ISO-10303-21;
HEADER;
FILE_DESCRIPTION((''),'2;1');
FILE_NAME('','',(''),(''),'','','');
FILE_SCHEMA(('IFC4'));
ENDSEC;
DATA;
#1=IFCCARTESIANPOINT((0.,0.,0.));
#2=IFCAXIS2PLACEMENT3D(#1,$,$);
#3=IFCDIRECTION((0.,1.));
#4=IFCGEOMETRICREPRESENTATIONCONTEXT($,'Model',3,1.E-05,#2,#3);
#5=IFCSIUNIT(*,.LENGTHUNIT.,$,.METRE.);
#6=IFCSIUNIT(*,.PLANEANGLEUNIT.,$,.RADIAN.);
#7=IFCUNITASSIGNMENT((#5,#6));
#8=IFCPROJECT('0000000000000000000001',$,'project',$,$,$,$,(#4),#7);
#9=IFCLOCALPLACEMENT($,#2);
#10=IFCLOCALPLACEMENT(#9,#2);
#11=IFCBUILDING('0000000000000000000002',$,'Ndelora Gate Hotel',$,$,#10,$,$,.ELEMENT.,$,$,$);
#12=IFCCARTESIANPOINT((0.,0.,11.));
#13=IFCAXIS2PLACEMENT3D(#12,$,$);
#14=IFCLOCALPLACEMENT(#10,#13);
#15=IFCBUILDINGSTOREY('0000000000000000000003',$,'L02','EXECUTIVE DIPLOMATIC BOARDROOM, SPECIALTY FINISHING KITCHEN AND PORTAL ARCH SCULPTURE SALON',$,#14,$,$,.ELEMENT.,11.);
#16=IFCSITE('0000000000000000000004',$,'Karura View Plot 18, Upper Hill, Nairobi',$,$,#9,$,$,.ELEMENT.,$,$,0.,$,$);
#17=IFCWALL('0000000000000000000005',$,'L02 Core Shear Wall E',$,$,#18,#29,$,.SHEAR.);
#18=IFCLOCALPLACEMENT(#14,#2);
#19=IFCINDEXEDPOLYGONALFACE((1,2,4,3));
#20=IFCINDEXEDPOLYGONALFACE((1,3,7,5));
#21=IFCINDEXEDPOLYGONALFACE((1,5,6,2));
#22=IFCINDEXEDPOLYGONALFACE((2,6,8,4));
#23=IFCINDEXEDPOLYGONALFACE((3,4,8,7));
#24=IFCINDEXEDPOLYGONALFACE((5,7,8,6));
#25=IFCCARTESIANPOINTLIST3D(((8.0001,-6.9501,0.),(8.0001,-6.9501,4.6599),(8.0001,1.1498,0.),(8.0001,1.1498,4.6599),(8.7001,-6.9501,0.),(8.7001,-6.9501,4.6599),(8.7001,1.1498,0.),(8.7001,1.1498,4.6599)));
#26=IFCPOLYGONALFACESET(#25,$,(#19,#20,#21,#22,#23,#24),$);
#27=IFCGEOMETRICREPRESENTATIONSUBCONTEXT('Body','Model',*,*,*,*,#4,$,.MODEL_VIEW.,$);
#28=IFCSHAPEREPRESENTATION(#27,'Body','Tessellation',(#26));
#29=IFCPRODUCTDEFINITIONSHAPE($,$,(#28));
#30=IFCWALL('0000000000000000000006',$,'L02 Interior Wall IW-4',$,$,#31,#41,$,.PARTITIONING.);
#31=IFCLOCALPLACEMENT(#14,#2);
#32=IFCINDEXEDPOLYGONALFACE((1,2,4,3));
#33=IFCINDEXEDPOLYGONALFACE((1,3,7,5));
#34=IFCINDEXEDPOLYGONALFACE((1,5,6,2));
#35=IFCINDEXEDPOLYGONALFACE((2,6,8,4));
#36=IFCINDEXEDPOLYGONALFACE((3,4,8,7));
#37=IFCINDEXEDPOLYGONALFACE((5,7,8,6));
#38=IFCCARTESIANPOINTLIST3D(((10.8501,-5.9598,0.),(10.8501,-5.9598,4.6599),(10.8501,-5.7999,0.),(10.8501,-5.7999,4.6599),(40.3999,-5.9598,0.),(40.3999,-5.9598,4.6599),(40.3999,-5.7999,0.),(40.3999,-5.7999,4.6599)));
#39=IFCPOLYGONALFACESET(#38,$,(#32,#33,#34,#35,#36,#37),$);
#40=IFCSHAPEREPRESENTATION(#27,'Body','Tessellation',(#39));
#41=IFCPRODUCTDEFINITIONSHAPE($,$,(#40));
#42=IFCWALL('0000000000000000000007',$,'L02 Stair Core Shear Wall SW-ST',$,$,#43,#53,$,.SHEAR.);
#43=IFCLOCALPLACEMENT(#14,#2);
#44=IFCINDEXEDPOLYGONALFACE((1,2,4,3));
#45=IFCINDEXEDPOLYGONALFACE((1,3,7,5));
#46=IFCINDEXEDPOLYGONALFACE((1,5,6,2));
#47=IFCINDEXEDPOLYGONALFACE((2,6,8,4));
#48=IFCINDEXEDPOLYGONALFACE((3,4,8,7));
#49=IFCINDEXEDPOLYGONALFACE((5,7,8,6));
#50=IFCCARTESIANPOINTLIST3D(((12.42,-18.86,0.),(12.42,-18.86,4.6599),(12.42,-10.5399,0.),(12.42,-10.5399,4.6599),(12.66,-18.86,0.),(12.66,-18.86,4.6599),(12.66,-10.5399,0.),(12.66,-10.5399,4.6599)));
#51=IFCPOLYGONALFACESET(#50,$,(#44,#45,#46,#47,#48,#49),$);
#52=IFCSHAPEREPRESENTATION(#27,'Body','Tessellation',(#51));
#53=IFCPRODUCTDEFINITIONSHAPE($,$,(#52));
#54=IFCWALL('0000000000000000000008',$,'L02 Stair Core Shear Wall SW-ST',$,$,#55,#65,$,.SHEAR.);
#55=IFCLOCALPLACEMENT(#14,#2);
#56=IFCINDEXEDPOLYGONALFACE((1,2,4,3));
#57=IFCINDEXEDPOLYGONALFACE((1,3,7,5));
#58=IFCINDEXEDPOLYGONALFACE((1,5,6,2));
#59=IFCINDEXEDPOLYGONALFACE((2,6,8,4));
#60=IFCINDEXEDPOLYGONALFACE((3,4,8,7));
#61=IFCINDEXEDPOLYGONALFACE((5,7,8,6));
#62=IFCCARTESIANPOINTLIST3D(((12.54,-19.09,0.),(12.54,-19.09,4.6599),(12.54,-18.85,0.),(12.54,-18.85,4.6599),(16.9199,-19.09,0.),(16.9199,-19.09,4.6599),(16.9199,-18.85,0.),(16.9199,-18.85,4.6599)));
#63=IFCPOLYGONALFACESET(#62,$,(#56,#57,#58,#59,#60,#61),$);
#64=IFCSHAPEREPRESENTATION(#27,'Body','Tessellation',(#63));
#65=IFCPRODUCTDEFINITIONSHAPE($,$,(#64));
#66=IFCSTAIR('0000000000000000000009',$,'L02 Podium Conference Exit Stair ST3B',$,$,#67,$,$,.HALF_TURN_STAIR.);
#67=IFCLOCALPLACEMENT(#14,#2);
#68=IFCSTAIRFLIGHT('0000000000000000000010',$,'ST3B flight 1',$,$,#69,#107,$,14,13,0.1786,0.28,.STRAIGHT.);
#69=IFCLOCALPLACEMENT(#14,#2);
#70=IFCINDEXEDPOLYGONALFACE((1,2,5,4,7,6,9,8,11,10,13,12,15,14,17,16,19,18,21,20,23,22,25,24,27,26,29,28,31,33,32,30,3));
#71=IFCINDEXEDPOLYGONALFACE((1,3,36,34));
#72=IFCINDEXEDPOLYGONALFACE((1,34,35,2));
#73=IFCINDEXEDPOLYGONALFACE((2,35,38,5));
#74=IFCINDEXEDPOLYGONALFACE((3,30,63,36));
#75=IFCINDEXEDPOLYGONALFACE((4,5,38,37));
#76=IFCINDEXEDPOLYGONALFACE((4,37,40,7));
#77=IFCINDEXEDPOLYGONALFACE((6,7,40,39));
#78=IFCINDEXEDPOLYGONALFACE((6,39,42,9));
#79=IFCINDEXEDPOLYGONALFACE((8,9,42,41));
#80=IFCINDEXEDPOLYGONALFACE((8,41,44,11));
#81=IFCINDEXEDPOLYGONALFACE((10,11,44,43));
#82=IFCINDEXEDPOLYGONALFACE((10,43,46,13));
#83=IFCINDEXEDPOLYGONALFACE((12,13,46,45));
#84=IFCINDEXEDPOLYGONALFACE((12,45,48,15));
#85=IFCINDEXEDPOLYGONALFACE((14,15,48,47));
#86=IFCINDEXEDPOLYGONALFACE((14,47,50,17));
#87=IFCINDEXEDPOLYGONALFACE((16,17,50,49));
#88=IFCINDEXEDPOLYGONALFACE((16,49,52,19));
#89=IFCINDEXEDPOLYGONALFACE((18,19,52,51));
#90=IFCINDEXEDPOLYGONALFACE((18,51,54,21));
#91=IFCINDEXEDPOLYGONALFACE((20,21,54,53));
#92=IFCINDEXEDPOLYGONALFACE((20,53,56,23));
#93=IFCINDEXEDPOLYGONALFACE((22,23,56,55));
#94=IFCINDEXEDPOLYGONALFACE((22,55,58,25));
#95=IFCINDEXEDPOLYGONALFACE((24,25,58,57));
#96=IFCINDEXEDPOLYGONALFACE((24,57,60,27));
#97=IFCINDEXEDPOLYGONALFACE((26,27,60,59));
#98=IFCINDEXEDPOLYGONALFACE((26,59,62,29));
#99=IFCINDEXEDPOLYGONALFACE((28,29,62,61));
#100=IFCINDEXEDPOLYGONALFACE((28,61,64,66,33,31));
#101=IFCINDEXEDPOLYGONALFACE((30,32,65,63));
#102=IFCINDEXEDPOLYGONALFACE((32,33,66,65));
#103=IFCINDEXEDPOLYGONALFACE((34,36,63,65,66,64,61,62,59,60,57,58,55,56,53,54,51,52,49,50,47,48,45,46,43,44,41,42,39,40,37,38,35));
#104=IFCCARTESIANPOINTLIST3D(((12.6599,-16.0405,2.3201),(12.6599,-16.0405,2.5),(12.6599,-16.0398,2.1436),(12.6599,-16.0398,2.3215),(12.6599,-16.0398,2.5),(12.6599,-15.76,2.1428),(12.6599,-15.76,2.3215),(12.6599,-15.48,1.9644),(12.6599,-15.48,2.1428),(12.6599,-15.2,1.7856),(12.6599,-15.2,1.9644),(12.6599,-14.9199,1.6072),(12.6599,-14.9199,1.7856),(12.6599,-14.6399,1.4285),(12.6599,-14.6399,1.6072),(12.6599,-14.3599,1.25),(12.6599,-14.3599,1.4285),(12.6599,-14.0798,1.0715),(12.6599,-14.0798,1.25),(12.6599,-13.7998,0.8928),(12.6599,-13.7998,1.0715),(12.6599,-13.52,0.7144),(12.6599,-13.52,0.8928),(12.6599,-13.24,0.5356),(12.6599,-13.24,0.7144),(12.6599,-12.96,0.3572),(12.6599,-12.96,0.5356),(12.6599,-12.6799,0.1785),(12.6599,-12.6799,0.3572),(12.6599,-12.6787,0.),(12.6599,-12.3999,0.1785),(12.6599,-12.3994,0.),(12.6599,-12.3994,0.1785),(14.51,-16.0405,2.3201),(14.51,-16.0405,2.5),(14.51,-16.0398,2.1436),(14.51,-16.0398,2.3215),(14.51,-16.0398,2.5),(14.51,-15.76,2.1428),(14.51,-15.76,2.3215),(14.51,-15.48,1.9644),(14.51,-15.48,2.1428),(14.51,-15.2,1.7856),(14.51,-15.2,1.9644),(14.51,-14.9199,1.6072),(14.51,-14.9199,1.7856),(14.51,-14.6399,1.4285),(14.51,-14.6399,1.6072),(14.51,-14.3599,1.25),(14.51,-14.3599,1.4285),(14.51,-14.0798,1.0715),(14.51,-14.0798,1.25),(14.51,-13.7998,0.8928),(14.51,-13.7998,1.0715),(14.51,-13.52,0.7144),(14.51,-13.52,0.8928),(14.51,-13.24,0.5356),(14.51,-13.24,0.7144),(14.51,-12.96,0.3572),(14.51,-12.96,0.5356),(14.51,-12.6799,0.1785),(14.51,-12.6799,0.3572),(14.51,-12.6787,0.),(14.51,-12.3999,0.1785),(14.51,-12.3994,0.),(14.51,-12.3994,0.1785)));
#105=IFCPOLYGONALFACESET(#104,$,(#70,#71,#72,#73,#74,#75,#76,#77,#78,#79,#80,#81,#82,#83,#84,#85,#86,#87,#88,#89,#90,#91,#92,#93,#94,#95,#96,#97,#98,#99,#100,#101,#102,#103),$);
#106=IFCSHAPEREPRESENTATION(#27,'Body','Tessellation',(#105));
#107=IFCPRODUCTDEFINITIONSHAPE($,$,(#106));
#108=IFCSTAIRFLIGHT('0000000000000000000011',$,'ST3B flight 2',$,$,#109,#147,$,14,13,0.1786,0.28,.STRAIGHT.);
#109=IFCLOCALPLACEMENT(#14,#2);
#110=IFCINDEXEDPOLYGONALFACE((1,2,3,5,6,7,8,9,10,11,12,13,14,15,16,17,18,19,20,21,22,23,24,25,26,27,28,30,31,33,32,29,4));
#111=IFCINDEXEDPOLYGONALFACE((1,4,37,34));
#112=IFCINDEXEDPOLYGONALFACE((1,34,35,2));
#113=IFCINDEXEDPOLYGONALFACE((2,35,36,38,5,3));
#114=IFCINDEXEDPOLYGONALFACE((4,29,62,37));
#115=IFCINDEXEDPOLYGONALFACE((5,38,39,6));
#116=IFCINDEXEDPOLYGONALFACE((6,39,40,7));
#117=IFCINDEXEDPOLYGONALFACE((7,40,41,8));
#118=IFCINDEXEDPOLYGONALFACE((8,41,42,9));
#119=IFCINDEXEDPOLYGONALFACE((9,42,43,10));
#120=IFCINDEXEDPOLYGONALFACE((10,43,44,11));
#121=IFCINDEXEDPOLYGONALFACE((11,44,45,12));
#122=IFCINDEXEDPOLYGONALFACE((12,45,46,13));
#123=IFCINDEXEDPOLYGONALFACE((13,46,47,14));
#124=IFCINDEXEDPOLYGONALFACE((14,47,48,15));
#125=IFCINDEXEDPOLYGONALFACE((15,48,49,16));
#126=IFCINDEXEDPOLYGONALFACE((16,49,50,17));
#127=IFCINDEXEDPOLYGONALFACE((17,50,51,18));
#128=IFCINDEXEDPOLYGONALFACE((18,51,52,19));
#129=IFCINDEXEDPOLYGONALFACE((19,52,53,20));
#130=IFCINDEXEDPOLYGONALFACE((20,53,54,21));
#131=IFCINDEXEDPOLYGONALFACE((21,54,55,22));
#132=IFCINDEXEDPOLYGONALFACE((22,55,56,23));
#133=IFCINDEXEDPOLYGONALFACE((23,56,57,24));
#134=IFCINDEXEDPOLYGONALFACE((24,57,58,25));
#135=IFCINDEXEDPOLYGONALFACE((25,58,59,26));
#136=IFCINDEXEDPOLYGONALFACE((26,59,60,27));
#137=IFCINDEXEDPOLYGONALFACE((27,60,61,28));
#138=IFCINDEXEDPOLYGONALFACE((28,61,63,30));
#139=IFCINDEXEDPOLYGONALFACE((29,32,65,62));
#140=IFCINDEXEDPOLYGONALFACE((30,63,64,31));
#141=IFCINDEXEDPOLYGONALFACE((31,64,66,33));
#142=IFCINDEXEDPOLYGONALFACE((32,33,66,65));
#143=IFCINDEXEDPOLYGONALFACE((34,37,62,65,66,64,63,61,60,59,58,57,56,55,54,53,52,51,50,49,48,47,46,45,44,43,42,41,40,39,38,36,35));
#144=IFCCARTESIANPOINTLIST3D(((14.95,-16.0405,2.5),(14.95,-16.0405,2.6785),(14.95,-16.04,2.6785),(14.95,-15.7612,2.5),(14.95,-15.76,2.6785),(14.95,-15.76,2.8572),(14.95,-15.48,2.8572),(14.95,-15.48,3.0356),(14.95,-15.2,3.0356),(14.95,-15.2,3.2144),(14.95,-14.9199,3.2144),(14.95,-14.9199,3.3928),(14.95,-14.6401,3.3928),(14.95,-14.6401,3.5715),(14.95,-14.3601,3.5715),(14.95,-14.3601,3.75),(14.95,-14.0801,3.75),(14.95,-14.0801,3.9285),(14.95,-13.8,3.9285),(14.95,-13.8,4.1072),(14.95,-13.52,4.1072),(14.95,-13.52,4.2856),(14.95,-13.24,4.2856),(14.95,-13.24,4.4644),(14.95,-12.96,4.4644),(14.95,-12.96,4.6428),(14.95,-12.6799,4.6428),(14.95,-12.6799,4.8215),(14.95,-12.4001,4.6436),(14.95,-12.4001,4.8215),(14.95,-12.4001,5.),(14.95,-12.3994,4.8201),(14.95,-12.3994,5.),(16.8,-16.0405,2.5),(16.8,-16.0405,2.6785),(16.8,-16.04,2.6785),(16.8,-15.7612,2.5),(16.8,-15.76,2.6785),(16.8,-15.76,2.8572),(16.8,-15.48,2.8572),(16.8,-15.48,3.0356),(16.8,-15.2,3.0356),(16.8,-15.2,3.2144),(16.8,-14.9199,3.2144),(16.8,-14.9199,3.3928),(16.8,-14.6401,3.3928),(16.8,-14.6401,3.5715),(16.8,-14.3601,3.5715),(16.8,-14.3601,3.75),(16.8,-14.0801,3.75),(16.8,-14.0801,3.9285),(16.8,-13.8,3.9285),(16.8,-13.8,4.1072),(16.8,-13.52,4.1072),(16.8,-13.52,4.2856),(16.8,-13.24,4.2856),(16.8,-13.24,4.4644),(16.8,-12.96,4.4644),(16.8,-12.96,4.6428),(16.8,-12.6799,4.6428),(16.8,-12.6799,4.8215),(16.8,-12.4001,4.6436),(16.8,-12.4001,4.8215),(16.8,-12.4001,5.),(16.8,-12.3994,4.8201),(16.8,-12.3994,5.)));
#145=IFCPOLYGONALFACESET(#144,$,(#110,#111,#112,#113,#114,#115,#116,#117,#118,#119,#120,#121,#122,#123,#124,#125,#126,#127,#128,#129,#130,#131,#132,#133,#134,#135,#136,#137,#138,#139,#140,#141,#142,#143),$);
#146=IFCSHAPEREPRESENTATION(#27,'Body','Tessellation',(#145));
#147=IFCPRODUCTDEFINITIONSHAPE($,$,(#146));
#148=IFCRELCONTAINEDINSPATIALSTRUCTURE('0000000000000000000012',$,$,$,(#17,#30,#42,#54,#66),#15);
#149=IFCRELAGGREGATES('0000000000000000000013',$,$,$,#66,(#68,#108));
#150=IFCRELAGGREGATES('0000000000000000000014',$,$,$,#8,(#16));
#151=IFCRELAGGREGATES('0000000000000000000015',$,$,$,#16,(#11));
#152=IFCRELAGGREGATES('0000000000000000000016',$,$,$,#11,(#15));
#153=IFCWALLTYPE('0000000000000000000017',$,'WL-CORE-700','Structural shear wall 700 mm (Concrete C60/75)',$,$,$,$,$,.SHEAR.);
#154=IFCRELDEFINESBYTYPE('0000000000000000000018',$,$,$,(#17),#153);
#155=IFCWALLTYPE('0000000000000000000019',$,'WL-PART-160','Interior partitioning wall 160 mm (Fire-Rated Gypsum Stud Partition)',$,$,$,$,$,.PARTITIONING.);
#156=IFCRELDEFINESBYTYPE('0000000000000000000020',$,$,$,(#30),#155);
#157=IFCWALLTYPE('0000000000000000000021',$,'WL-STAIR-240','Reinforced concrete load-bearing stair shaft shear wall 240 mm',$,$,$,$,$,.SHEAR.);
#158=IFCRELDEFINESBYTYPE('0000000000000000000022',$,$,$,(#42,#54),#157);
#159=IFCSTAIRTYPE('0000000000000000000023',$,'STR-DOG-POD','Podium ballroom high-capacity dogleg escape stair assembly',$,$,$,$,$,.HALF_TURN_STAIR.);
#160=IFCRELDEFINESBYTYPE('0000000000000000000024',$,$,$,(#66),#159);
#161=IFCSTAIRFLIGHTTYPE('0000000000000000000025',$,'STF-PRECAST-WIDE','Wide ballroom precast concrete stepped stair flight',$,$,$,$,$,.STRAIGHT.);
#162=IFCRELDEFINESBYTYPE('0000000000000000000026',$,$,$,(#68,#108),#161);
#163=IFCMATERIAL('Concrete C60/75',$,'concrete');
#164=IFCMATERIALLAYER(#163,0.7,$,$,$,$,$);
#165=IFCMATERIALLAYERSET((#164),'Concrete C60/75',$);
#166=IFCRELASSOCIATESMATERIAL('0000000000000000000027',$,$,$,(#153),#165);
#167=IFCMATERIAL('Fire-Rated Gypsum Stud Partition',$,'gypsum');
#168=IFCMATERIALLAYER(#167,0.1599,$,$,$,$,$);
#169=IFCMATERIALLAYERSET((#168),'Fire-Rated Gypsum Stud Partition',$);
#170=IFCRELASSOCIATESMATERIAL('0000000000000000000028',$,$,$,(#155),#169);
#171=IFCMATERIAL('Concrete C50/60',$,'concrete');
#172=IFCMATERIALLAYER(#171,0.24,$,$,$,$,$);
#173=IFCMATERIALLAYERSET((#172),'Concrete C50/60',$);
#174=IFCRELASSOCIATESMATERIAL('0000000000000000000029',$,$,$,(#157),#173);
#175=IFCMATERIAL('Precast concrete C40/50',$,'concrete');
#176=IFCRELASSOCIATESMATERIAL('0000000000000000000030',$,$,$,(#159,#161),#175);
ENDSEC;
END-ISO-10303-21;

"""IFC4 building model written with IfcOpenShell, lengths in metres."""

from ifc_helpers import new_model, si_unit, direction, frame, frame_2d, origin, place, context, subcontext, project, spatial, polyline, rectangle, outline, extrude, material, layer, layer_set, type_object, element, aggregate, save


model = new_model("IFC4")

# Units and contexts
model_context = context("Model", 3, precision=1e-05, world=origin(), true_north=direction((0.0, 1.0)))
body_context = subcontext(model_context, "Body", "Model", "MODEL_VIEW")
ifc_project = project(units=[si_unit("LENGTHUNIT", "METRE"), si_unit("PLANEANGLEUNIT", "RADIAN")], contexts=[model_context])

# Site, building, storey
site_placement = place(None, origin())
site = spatial("IfcSite", under=ifc_project, at=site_placement, Name="Karura View Plot 18, Upper Hill, Nairobi", CompositionType="ELEMENT", RefElevation=0.0)
building_placement = place(site_placement, origin())
building = spatial("IfcBuilding", under=site, at=building_placement, Name="Ndelora Gate Hotel", CompositionType="ELEMENT")
storey_placement = place(building_placement, frame((0.0, 0.0, 11.0)))
storey = spatial("IfcBuildingStorey", under=building, at=storey_placement, Name="L02", Description="EXECUTIVE DIPLOMATIC BOARDROOM, SPECIALTY FINISHING KITCHEN AND PORTAL ARCH SCULPTURE SALON", CompositionType="ELEMENT", Elevation=11.0)

# Shared definitions
ifc_material_1 = material(Name="Concrete C60/75", Category="concrete")

# Walls
ifc_layer_1 = layer(ifc_material_1, 0.7)
ifc_layer_set_1 = layer_set([ifc_layer_1], Name="Concrete C60/75")
wall_type_1 = type_object("IfcWallType", Name="WL-CORE-700", Description="Structural shear wall 700 mm (Concrete C60/75)", PredefinedType="SHEAR", material=ifc_layer_set_1)
wall_1_placement = place(storey_placement, frame((8.3501, -6.95, 0.0), z_axis=(0.0, 0.0, 1.0), x_axis=(0.0, 1.0, 0.0)))
element("IfcWall", 1, at=wall_1_placement, inside=storey, type_object=wall_type_1, Name="L02 Core Shear Wall E", PredefinedType="SHEAR", context=body_context, shape_type="SweptSolid", body=[
    extrude(rectangle(XDim=8.0999, YDim=0.7, at=frame_2d((4.0498, 0.0))), origin(), (0.0, 0.0, 1.0), 4.6599),
])
ifc_material_2 = material(Name="Fire-Rated Gypsum Stud Partition", Category="gypsum")
ifc_layer_2 = layer(ifc_material_2, 0.1599)
ifc_layer_set_2 = layer_set([ifc_layer_2], Name="Fire-Rated Gypsum Stud Partition")
wall_type_2 = type_object("IfcWallType", Name="WL-PART-160", Description="Interior partitioning wall 160 mm (Fire-Rated Gypsum Stud Partition)", PredefinedType="PARTITIONING", material=ifc_layer_set_2)
wall_2_placement = place(storey_placement, frame((10.8501, -5.8799, 0.0), z_axis=(0.0, 0.0, 1.0), x_axis=(1.0, 0.0, 0.0)))
element("IfcWall", 2, at=wall_2_placement, inside=storey, type_object=wall_type_2, Name="L02 Interior Wall IW-4", PredefinedType="PARTITIONING", context=body_context, shape_type="SweptSolid", body=[
    extrude(rectangle(XDim=29.5498, YDim=0.1599, at=frame_2d((14.7749, 0.0))), origin(), (0.0, 0.0, 1.0), 4.6599),
])
ifc_material_3 = material(Name="Concrete C50/60", Category="concrete")
ifc_layer_3 = layer(ifc_material_3, 0.24)
ifc_layer_set_3 = layer_set([ifc_layer_3], Name="Concrete C50/60")
wall_type_3 = type_object("IfcWallType", Name="WL-STAIR-240", Description="Reinforced concrete load-bearing stair shaft shear wall 240 mm", PredefinedType="SHEAR", material=ifc_layer_set_3)
wall_3_placement = place(storey_placement, frame((12.54, -18.8601, 0.0), z_axis=(0.0, 0.0, 1.0), x_axis=(0.0, 1.0, 0.0)))
element("IfcWall", 3, at=wall_3_placement, inside=storey, type_object=wall_type_3, Name="L02 Stair Core Shear Wall SW-ST", PredefinedType="SHEAR", context=body_context, shape_type="SweptSolid", body=[
    extrude(rectangle(XDim=8.3201, YDim=0.24, at=frame_2d((4.1602, 0.0))), origin(), (0.0, 0.0, 1.0), 4.6599),
])
wall_4_placement = place(storey_placement, frame((12.54, -18.97, 0.0), z_axis=(0.0, 0.0, 1.0), x_axis=(1.0, 0.0, 0.0)))
element("IfcWall", 4, at=wall_4_placement, inside=storey, type_object=wall_type_3, Name="L02 Stair Core Shear Wall SW-ST", PredefinedType="SHEAR", context=body_context, shape_type="SweptSolid", body=[
    extrude(rectangle(XDim=4.3799, YDim=0.24, at=frame_2d((2.1899, 0.0))), origin(), (0.0, 0.0, 1.0), 4.6599),
])

# Stair, stair flights
ifc_material_4 = material(Name="Precast concrete C40/50", Category="concrete")
stair_type = type_object("IfcStairType", Name="STR-DOG-POD", Description="Podium ballroom high-capacity dogleg escape stair assembly", PredefinedType="HALF_TURN_STAIR", material=ifc_material_4)
stair_placement = place(storey_placement, origin())
stair = element("IfcStair", 5, at=stair_placement, inside=storey, type_object=stair_type, Name="L02 Podium Conference Exit Stair ST3B", PredefinedType="HALF_TURN_STAIR")
stair_flight_type = type_object("IfcStairFlightType", Name="STF-PRECAST-WIDE", Description="Wide ballroom precast concrete stepped stair flight", PredefinedType="STRAIGHT", material=ifc_material_4)
stair_flight_1_placement = place(storey_placement, frame((13.585, -12.3999, 0.0), z_axis=(0.0, 0.0, 1.0), x_axis=(0.0, -1.0, 0.0)))
stair_flight_1 = element("IfcStairFlight", 6, at=stair_flight_1_placement, type_object=stair_flight_type, Name="ST3B flight 1", NumberOfRisers=14, NumberOfTreads=13, PredefinedType="STRAIGHT", RiserHeight=0.1786, TreadLength=0.28, context=body_context, shape_type="SweptSolid", body=[
    extrude(outline(polyline([(-0.0005, 0.0), (-0.0005, 0.1785), (0.0, 0.1785), (0.28, 0.1785), (0.28, 0.3572), (0.5601, 0.3572), (0.5601, 0.5356), (0.8401, 0.5356), (0.8401, 0.7144), (1.1201, 0.7144), (1.1201, 0.8928), (1.3999, 0.8928), (1.3999, 1.0715), (1.6799, 1.0715), (1.6799, 1.25), (1.96, 1.25), (1.96, 1.4285), (2.24, 1.4285), (2.24, 1.6072), (2.52, 1.6072), (2.52, 1.7856), (2.8, 1.7856), (2.8, 1.9644), (3.0801, 1.9644), (3.0801, 2.1428), (3.3601, 2.1428), (3.3601, 2.3215), (3.6399, 2.3215), (3.6399, 2.5), (3.6406, 2.5), (3.6406, 2.3201), (3.6399, 2.1436), (0.2788, 0.0), (-0.0005, 0.0)])), frame((0.0, 0.925, 0.0), z_axis=(0.0, -1.0, 0.0), x_axis=(1.0, 0.0, 0.0)), (0.0, 0.0, 1.0), 1.8501),
])
stair_flight_2_placement = place(storey_placement, frame((15.875, -16.04, 2.5), z_axis=(0.0, 0.0, 1.0), x_axis=(0.0, 1.0, 0.0)))
stair_flight_2 = element("IfcStairFlight", 7, at=stair_flight_2_placement, type_object=stair_flight_type, Name="ST3B flight 2", NumberOfRisers=14, NumberOfTreads=13, PredefinedType="STRAIGHT", RiserHeight=0.1786, TreadLength=0.28, context=body_context, shape_type="SweptSolid", body=[
    extrude(outline(polyline([(-0.0005, 0.0), (-0.0005, 0.1785), (0.0, 0.1785), (0.28, 0.1785), (0.28, 0.3572), (0.5601, 0.3572), (0.5601, 0.5356), (0.8401, 0.5356), (0.8401, 0.7144), (1.1201, 0.7144), (1.1201, 0.8928), (1.3999, 0.8928), (1.3999, 1.0715), (1.6799, 1.0715), (1.6799, 1.25), (1.96, 1.25), (1.96, 1.4285), (2.24, 1.4285), (2.24, 1.6072), (2.52, 1.6072), (2.52, 1.7856), (2.8, 1.7856), (2.8, 1.9644), (3.0801, 1.9644), (3.0801, 2.1428), (3.3601, 2.1428), (3.3601, 2.3215), (3.6399, 2.3215), (3.6399, 2.5), (3.6406, 2.5), (3.6406, 2.3201), (3.6399, 2.1436), (0.2788, 0.0), (-0.0005, 0.0)])), frame((0.0, 0.925, 0.0), z_axis=(0.0, -1.0, 0.0), x_axis=(1.0, 0.0, 0.0)), (0.0, 0.0, 1.0), 1.8501),
])
aggregate(stair, [stair_flight_1, stair_flight_2])

save(model, "model.ifc")
